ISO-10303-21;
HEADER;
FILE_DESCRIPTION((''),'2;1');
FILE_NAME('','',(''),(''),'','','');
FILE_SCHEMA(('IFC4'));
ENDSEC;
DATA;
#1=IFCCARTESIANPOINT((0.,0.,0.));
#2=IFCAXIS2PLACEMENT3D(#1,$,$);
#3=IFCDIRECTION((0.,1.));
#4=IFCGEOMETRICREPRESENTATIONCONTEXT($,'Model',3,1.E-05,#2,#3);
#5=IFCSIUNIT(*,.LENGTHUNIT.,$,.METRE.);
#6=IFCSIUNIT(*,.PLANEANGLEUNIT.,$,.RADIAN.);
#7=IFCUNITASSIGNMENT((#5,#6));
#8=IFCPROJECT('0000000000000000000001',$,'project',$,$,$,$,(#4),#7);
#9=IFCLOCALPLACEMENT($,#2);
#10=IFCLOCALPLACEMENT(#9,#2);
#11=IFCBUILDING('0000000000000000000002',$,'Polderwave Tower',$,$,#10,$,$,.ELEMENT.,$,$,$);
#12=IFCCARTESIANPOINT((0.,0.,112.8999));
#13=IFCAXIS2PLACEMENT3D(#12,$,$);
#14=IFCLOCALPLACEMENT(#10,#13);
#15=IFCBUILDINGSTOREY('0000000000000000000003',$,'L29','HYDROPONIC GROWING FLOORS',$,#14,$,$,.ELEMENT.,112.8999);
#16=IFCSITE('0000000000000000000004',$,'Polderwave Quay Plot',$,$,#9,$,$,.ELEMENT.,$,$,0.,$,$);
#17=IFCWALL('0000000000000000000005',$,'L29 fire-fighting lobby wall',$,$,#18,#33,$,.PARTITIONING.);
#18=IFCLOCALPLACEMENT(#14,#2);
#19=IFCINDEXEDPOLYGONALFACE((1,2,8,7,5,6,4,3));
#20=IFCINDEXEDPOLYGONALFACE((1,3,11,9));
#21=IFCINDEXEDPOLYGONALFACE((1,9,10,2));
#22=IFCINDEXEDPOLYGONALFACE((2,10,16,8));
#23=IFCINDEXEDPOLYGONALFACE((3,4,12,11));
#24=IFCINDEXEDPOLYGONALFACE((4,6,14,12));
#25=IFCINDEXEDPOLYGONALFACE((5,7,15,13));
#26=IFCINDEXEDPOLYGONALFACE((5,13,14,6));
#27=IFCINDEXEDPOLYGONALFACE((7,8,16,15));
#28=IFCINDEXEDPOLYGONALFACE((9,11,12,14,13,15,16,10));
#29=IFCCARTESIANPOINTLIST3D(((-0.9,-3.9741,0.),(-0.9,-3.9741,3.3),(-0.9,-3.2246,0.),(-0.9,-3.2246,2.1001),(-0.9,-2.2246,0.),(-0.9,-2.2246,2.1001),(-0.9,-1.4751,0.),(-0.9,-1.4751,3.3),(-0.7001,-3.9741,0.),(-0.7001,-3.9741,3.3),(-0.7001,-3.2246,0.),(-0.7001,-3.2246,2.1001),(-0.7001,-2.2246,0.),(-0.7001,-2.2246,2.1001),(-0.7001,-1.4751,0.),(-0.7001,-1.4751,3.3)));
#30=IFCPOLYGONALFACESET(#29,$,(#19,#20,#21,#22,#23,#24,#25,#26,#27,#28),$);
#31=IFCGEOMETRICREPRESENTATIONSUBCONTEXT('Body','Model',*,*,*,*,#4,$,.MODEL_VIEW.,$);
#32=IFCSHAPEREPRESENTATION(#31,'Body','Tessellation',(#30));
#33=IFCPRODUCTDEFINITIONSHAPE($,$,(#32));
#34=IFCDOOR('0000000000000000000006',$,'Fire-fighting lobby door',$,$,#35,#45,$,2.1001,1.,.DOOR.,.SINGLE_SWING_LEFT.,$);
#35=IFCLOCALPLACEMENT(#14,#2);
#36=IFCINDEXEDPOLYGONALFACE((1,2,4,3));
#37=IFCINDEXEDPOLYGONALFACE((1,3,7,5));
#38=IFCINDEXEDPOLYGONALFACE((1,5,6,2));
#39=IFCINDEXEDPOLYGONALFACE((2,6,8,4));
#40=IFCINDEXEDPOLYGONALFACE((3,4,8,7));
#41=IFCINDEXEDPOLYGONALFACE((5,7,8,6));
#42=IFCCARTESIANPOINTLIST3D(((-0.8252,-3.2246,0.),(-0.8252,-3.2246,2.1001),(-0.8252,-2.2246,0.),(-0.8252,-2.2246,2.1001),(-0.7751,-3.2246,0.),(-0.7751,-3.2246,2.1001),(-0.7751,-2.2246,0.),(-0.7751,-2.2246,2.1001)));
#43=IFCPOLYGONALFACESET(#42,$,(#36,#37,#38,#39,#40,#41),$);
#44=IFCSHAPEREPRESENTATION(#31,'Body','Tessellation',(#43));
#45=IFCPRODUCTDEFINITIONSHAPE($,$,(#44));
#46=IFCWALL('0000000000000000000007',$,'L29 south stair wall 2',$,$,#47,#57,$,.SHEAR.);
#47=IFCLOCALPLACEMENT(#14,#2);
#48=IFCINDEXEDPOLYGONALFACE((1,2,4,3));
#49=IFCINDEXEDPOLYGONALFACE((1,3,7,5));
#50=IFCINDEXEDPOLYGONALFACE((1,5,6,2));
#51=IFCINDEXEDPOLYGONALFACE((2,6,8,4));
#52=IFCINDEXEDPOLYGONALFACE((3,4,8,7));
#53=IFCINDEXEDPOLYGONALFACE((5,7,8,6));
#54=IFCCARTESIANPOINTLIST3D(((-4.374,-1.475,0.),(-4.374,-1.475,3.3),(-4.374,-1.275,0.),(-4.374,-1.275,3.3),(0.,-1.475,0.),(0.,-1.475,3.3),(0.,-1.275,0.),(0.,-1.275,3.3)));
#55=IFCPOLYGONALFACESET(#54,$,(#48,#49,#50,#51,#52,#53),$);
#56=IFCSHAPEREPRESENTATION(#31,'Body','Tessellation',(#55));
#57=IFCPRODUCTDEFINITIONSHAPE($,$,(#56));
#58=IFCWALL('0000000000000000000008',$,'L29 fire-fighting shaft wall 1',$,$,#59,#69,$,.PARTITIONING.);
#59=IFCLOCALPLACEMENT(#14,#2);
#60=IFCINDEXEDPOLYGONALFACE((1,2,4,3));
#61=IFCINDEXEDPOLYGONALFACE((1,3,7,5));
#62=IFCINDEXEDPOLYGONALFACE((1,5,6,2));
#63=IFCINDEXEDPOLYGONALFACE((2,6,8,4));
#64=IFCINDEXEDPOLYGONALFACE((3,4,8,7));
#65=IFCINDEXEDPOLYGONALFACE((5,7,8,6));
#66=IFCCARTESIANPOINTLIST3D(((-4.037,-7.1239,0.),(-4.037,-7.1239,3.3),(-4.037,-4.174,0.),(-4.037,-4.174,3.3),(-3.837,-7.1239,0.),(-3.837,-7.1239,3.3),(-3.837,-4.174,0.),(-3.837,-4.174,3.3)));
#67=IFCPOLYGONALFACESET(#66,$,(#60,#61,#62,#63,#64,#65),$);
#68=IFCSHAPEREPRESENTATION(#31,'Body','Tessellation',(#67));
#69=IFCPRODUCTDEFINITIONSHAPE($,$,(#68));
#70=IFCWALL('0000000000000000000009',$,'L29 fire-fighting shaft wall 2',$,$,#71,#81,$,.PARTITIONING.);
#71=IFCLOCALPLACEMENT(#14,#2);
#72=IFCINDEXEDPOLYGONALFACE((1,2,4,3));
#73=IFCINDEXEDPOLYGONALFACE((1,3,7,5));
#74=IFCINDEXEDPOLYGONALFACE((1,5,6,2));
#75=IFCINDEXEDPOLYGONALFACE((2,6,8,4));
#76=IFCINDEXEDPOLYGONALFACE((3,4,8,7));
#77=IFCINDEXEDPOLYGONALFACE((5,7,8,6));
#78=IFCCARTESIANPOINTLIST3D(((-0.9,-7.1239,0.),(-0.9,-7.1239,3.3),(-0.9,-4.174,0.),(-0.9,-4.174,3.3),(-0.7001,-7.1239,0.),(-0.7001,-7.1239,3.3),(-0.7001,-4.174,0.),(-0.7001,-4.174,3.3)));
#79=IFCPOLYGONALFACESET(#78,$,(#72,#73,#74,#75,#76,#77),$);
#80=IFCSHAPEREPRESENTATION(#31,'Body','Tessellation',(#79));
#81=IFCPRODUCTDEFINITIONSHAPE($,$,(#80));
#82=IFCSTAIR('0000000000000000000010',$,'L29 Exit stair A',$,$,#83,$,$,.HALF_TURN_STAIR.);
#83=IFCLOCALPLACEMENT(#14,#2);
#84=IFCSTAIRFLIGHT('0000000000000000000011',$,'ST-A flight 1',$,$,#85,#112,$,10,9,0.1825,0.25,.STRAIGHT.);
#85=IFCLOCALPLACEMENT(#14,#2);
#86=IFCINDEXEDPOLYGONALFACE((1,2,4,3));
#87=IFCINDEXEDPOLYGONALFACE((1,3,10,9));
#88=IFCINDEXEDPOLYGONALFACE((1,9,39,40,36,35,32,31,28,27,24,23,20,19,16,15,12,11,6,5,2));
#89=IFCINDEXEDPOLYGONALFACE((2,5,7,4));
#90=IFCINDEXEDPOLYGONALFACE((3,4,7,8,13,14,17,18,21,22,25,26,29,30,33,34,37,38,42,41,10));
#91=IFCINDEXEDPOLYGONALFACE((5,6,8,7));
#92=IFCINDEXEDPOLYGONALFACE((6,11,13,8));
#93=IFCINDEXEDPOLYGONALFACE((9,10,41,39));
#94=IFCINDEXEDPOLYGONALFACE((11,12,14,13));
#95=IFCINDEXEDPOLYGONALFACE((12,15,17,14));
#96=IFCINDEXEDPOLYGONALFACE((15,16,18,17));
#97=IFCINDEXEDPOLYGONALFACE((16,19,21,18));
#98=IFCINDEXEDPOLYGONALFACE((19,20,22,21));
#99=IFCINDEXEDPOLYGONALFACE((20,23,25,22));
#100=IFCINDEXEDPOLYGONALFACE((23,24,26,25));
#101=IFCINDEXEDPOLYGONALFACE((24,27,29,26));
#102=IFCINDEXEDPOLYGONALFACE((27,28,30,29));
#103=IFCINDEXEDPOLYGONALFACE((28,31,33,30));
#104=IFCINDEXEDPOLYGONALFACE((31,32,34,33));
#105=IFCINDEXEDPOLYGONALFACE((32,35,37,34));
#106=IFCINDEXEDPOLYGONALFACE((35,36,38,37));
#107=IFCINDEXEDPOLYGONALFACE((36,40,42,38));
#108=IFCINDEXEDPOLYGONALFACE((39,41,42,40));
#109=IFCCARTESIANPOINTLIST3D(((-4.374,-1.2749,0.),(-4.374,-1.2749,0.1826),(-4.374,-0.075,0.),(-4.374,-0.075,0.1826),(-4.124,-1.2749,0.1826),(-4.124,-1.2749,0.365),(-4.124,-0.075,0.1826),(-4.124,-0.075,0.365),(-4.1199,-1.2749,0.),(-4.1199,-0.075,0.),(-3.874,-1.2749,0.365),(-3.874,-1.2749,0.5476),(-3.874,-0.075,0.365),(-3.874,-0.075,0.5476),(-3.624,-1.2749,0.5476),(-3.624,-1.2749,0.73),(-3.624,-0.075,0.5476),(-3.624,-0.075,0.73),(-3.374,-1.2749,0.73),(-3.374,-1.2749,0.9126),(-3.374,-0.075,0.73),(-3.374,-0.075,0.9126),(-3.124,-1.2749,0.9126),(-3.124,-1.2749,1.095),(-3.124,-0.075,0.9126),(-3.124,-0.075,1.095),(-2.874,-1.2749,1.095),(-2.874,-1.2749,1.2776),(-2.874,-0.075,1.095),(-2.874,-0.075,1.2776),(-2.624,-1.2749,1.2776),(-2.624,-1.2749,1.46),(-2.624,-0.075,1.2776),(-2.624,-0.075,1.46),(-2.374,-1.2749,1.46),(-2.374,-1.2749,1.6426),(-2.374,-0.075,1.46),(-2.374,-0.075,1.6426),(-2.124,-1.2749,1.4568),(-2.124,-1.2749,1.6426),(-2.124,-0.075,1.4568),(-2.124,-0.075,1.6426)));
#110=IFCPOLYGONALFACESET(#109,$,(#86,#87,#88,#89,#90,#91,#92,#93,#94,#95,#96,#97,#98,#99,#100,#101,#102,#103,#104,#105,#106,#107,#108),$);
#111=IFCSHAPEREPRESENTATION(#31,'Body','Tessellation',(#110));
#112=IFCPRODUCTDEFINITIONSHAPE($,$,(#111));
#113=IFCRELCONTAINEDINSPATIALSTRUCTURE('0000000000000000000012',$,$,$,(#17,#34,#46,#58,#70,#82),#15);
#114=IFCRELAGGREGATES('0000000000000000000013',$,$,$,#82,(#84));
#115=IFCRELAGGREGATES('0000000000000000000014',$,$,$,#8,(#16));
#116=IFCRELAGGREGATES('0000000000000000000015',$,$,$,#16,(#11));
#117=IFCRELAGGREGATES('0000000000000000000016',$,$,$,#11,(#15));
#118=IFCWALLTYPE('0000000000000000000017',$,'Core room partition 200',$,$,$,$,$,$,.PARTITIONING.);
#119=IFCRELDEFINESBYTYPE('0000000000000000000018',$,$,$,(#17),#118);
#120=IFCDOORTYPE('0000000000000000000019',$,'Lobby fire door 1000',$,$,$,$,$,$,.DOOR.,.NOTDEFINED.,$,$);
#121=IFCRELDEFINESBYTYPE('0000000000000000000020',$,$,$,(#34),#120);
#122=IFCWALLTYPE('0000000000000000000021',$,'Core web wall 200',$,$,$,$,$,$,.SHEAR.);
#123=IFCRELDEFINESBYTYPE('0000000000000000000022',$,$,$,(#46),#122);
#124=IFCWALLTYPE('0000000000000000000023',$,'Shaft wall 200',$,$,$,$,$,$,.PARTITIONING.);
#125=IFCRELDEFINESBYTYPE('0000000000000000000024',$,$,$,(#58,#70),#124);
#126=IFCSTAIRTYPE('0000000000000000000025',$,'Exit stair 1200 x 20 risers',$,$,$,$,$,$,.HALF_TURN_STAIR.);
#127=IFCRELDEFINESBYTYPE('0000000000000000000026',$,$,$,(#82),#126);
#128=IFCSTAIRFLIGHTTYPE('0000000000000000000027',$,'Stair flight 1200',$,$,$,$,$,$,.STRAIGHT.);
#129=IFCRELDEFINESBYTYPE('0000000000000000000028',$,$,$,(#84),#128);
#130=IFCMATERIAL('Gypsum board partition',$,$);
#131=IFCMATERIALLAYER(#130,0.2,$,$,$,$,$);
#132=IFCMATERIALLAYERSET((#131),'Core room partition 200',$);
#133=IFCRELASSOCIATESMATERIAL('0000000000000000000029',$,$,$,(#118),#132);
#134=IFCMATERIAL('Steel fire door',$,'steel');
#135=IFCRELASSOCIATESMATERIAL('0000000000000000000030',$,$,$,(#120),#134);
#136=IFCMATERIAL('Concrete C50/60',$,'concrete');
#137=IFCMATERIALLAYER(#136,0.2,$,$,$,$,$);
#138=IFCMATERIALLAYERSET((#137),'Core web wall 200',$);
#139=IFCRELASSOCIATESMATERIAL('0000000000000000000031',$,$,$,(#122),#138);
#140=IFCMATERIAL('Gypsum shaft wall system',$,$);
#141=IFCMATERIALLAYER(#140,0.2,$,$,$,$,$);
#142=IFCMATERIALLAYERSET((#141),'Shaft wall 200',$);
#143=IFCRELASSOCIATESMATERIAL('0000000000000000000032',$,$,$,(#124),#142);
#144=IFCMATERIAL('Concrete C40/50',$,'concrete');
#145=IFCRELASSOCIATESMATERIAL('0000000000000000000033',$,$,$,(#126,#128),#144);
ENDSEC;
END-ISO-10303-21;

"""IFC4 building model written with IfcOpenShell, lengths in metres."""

from ifc_helpers import new_model, si_unit, direction, frame, frame_2d, origin, place, context, subcontext, project, spatial, polyline, rectangle, outline, extrude, material, layer, layer_set, type_object, element, fill, aggregate, save


model = new_model("IFC4")

# Units and contexts
model_context = context("Model", 3, precision=1e-05, world=origin(), true_north=direction((0.0, 1.0)))
body_context = subcontext(model_context, "Body", "Model", "MODEL_VIEW")
ifc_project = project(units=[si_unit("LENGTHUNIT", "METRE"), si_unit("PLANEANGLEUNIT", "RADIAN")], contexts=[model_context])

# Site, building, storey
site_placement = place(None, origin())
site = spatial("IfcSite", under=ifc_project, at=site_placement, Name="Polderwave Quay Plot", CompositionType="ELEMENT", RefElevation=0.0)
building_placement = place(site_placement, origin())
building = spatial("IfcBuilding", under=site, at=building_placement, Name="Polderwave Tower", CompositionType="ELEMENT")
storey_placement = place(building_placement, frame((0.0, 0.0, 112.8999)))
storey = spatial("IfcBuildingStorey", under=building, at=storey_placement, Name="L29", Description="HYDROPONIC GROWING FLOORS", CompositionType="ELEMENT", Elevation=112.8999)

# Wall, opening, door
ifc_material_1 = material(Name="Gypsum board partition")
ifc_layer_1 = layer(ifc_material_1, 0.2)
ifc_layer_set_1 = layer_set([ifc_layer_1], Name="Core room partition 200")
wall_type_1 = type_object("IfcWallType", Name="Core room partition 200", PredefinedType="PARTITIONING", material=ifc_layer_set_1)
wall_1_placement = place(storey_placement, frame((-0.8, -3.9741, 0.0), z_axis=(0.0, 0.0, 1.0), x_axis=(0.0, 1.0, 0.0)))
wall_1 = element("IfcWall", 1, at=wall_1_placement, inside=storey, type_object=wall_type_1, Name="L29 fire-fighting lobby wall", PredefinedType="PARTITIONING", context=body_context, shape_type="SweptSolid", body=[
    extrude(rectangle(XDim=2.499, YDim=0.2, at=frame_2d((1.2495, 0.0))), origin(), (0.0, 0.0, 1.0), 3.3),
])
opening_placement = place(wall_1_placement, frame((0.7495, 0.0, 0.0)))
opening = element("IfcOpeningElement", 2, at=opening_placement, cuts=wall_1, PredefinedType="OPENING", context=body_context, shape_type="SweptSolid", body=[
    extrude(rectangle(XDim=1.0, YDim=2.1001, at=frame_2d((0.5, 1.05))), frame((0.0, 0.1099, 0.0), z_axis=(0.0, -1.0, 0.0), x_axis=(1.0, 0.0, 0.0)), (0.0, 0.0, 1.0), 0.22),
])
ifc_material_2 = material(Name="Steel fire door", Category="steel")
door_type = type_object("IfcDoorType", Name="Lobby fire door 1000", OperationType="NOTDEFINED", PredefinedType="DOOR", material=ifc_material_2)
door_placement = place(opening_placement, frame((1.0, 0.0, 0.0), z_axis=(0.0, 0.0, 1.0), x_axis=(-1.0, 0.0, 0.0)))
door = element("IfcDoor", 3, at=door_placement, inside=storey, type_object=door_type, Name="Fire-fighting lobby door", OperationType="SINGLE_SWING_LEFT", OverallHeight=2.1001, OverallWidth=1.0, PredefinedType="DOOR", context=body_context, shape_type="SweptSolid", body=[
    extrude(rectangle(XDim=1.0, YDim=2.1001, at=frame_2d((0.5, 1.05))), frame((0.0, 0.0249, 0.0), z_axis=(0.0, -1.0, 0.0), x_axis=(1.0, 0.0, 0.0)), (0.0, 0.0, 1.0), 0.05),
])
fill(opening, door)

# Walls
ifc_material_3 = material(Name="Concrete C50/60", Category="concrete")
ifc_layer_2 = layer(ifc_material_3, 0.2)
ifc_layer_set_2 = layer_set([ifc_layer_2], Name="Core web wall 200")
wall_type_2 = type_object("IfcWallType", Name="Core web wall 200", PredefinedType="SHEAR", material=ifc_layer_set_2)
wall_2_placement = place(storey_placement, frame((-4.374, -1.375, 0.0), z_axis=(0.0, 0.0, 1.0), x_axis=(1.0, 0.0, 0.0)))
element("IfcWall", 4, at=wall_2_placement, inside=storey, type_object=wall_type_2, Name="L29 south stair wall 2", PredefinedType="SHEAR", context=body_context, shape_type="SweptSolid", body=[
    extrude(rectangle(XDim=4.374, YDim=0.2, at=frame_2d((2.187, 0.0))), origin(), (0.0, 0.0, 1.0), 3.3),
])
ifc_material_4 = material(Name="Gypsum shaft wall system")
ifc_layer_3 = layer(ifc_material_4, 0.2)
ifc_layer_set_3 = layer_set([ifc_layer_3], Name="Shaft wall 200")
wall_type_3 = type_object("IfcWallType", Name="Shaft wall 200", PredefinedType="PARTITIONING", material=ifc_layer_set_3)
for number, where, z_axis, x_axis, name in (
    (5, (-3.937, -7.124, 0.0), (0.0, 0.0, 1.0), (0.0, 1.0, 0.0), "L29 fire-fighting shaft wall 1"),
    (6, (-0.8, -7.124, 0.0), (0.0, 0.0, 1.0), (0.0, 1.0, 0.0), "L29 fire-fighting shaft wall 2"),
):
    element("IfcWall", number, at=place(storey_placement, frame(where, z_axis=z_axis, x_axis=x_axis)), inside=storey, type_object=wall_type_3, Name=name, PredefinedType="PARTITIONING", context=body_context, shape_type="SweptSolid", body=[
        extrude(rectangle(XDim=2.95, YDim=0.2, at=frame_2d((1.4751, 0.0))), origin(), (0.0, 0.0, 1.0), 3.3),
    ])

# Stair, stair flight
ifc_material_5 = material(Name="Concrete C40/50", Category="concrete")
stair_type = type_object("IfcStairType", Name="Exit stair 1200 x 20 risers", PredefinedType="HALF_TURN_STAIR", material=ifc_material_5)
stair_placement = place(storey_placement, origin())
stair = element("IfcStair", 7, at=stair_placement, inside=storey, type_object=stair_type, Name="L29 Exit stair A", PredefinedType="HALF_TURN_STAIR")
stair_flight_type = type_object("IfcStairFlightType", Name="Stair flight 1200", PredefinedType="STRAIGHT", material=ifc_material_5)
stair_flight_placement = place(storey_placement, frame((-4.374, -0.675, 0.0), z_axis=(0.0, 0.0, 1.0), x_axis=(1.0, 0.0, 0.0)))
stair_flight = element("IfcStairFlight", 8, at=stair_flight_placement, type_object=stair_flight_type, Name="ST-A flight 1", NumberOfRisers=10, NumberOfTreads=9, PredefinedType="STRAIGHT", RiserHeight=0.1825, TreadLength=0.25, context=body_context, shape_type="SweptSolid", body=[
    extrude(outline(polyline([(0.0, 0.0), (0.0, 0.1826), (0.25, 0.1826), (0.25, 0.365), (0.5, 0.365), (0.5, 0.5476), (0.75, 0.5476), (0.75, 0.73), (1.0, 0.73), (1.0, 0.9126), (1.25, 0.9126), (1.25, 1.095), (1.5, 1.095), (1.5, 1.2776), (1.75, 1.2776), (1.75, 1.46), (2.0, 1.46), (2.0, 1.6426), (2.25, 1.6426), (2.25, 1.825), (2.25, 1.4568), (0.2542, 0.0), (0.0, 0.0)])), frame((0.0, 0.6001, 0.0), z_axis=(0.0, -1.0, 0.0), x_axis=(1.0, 0.0, 0.0)), (0.0, 0.0, 1.0), 1.2),
])
aggregate(stair, [stair_flight])

save(model, "model.ifc")
